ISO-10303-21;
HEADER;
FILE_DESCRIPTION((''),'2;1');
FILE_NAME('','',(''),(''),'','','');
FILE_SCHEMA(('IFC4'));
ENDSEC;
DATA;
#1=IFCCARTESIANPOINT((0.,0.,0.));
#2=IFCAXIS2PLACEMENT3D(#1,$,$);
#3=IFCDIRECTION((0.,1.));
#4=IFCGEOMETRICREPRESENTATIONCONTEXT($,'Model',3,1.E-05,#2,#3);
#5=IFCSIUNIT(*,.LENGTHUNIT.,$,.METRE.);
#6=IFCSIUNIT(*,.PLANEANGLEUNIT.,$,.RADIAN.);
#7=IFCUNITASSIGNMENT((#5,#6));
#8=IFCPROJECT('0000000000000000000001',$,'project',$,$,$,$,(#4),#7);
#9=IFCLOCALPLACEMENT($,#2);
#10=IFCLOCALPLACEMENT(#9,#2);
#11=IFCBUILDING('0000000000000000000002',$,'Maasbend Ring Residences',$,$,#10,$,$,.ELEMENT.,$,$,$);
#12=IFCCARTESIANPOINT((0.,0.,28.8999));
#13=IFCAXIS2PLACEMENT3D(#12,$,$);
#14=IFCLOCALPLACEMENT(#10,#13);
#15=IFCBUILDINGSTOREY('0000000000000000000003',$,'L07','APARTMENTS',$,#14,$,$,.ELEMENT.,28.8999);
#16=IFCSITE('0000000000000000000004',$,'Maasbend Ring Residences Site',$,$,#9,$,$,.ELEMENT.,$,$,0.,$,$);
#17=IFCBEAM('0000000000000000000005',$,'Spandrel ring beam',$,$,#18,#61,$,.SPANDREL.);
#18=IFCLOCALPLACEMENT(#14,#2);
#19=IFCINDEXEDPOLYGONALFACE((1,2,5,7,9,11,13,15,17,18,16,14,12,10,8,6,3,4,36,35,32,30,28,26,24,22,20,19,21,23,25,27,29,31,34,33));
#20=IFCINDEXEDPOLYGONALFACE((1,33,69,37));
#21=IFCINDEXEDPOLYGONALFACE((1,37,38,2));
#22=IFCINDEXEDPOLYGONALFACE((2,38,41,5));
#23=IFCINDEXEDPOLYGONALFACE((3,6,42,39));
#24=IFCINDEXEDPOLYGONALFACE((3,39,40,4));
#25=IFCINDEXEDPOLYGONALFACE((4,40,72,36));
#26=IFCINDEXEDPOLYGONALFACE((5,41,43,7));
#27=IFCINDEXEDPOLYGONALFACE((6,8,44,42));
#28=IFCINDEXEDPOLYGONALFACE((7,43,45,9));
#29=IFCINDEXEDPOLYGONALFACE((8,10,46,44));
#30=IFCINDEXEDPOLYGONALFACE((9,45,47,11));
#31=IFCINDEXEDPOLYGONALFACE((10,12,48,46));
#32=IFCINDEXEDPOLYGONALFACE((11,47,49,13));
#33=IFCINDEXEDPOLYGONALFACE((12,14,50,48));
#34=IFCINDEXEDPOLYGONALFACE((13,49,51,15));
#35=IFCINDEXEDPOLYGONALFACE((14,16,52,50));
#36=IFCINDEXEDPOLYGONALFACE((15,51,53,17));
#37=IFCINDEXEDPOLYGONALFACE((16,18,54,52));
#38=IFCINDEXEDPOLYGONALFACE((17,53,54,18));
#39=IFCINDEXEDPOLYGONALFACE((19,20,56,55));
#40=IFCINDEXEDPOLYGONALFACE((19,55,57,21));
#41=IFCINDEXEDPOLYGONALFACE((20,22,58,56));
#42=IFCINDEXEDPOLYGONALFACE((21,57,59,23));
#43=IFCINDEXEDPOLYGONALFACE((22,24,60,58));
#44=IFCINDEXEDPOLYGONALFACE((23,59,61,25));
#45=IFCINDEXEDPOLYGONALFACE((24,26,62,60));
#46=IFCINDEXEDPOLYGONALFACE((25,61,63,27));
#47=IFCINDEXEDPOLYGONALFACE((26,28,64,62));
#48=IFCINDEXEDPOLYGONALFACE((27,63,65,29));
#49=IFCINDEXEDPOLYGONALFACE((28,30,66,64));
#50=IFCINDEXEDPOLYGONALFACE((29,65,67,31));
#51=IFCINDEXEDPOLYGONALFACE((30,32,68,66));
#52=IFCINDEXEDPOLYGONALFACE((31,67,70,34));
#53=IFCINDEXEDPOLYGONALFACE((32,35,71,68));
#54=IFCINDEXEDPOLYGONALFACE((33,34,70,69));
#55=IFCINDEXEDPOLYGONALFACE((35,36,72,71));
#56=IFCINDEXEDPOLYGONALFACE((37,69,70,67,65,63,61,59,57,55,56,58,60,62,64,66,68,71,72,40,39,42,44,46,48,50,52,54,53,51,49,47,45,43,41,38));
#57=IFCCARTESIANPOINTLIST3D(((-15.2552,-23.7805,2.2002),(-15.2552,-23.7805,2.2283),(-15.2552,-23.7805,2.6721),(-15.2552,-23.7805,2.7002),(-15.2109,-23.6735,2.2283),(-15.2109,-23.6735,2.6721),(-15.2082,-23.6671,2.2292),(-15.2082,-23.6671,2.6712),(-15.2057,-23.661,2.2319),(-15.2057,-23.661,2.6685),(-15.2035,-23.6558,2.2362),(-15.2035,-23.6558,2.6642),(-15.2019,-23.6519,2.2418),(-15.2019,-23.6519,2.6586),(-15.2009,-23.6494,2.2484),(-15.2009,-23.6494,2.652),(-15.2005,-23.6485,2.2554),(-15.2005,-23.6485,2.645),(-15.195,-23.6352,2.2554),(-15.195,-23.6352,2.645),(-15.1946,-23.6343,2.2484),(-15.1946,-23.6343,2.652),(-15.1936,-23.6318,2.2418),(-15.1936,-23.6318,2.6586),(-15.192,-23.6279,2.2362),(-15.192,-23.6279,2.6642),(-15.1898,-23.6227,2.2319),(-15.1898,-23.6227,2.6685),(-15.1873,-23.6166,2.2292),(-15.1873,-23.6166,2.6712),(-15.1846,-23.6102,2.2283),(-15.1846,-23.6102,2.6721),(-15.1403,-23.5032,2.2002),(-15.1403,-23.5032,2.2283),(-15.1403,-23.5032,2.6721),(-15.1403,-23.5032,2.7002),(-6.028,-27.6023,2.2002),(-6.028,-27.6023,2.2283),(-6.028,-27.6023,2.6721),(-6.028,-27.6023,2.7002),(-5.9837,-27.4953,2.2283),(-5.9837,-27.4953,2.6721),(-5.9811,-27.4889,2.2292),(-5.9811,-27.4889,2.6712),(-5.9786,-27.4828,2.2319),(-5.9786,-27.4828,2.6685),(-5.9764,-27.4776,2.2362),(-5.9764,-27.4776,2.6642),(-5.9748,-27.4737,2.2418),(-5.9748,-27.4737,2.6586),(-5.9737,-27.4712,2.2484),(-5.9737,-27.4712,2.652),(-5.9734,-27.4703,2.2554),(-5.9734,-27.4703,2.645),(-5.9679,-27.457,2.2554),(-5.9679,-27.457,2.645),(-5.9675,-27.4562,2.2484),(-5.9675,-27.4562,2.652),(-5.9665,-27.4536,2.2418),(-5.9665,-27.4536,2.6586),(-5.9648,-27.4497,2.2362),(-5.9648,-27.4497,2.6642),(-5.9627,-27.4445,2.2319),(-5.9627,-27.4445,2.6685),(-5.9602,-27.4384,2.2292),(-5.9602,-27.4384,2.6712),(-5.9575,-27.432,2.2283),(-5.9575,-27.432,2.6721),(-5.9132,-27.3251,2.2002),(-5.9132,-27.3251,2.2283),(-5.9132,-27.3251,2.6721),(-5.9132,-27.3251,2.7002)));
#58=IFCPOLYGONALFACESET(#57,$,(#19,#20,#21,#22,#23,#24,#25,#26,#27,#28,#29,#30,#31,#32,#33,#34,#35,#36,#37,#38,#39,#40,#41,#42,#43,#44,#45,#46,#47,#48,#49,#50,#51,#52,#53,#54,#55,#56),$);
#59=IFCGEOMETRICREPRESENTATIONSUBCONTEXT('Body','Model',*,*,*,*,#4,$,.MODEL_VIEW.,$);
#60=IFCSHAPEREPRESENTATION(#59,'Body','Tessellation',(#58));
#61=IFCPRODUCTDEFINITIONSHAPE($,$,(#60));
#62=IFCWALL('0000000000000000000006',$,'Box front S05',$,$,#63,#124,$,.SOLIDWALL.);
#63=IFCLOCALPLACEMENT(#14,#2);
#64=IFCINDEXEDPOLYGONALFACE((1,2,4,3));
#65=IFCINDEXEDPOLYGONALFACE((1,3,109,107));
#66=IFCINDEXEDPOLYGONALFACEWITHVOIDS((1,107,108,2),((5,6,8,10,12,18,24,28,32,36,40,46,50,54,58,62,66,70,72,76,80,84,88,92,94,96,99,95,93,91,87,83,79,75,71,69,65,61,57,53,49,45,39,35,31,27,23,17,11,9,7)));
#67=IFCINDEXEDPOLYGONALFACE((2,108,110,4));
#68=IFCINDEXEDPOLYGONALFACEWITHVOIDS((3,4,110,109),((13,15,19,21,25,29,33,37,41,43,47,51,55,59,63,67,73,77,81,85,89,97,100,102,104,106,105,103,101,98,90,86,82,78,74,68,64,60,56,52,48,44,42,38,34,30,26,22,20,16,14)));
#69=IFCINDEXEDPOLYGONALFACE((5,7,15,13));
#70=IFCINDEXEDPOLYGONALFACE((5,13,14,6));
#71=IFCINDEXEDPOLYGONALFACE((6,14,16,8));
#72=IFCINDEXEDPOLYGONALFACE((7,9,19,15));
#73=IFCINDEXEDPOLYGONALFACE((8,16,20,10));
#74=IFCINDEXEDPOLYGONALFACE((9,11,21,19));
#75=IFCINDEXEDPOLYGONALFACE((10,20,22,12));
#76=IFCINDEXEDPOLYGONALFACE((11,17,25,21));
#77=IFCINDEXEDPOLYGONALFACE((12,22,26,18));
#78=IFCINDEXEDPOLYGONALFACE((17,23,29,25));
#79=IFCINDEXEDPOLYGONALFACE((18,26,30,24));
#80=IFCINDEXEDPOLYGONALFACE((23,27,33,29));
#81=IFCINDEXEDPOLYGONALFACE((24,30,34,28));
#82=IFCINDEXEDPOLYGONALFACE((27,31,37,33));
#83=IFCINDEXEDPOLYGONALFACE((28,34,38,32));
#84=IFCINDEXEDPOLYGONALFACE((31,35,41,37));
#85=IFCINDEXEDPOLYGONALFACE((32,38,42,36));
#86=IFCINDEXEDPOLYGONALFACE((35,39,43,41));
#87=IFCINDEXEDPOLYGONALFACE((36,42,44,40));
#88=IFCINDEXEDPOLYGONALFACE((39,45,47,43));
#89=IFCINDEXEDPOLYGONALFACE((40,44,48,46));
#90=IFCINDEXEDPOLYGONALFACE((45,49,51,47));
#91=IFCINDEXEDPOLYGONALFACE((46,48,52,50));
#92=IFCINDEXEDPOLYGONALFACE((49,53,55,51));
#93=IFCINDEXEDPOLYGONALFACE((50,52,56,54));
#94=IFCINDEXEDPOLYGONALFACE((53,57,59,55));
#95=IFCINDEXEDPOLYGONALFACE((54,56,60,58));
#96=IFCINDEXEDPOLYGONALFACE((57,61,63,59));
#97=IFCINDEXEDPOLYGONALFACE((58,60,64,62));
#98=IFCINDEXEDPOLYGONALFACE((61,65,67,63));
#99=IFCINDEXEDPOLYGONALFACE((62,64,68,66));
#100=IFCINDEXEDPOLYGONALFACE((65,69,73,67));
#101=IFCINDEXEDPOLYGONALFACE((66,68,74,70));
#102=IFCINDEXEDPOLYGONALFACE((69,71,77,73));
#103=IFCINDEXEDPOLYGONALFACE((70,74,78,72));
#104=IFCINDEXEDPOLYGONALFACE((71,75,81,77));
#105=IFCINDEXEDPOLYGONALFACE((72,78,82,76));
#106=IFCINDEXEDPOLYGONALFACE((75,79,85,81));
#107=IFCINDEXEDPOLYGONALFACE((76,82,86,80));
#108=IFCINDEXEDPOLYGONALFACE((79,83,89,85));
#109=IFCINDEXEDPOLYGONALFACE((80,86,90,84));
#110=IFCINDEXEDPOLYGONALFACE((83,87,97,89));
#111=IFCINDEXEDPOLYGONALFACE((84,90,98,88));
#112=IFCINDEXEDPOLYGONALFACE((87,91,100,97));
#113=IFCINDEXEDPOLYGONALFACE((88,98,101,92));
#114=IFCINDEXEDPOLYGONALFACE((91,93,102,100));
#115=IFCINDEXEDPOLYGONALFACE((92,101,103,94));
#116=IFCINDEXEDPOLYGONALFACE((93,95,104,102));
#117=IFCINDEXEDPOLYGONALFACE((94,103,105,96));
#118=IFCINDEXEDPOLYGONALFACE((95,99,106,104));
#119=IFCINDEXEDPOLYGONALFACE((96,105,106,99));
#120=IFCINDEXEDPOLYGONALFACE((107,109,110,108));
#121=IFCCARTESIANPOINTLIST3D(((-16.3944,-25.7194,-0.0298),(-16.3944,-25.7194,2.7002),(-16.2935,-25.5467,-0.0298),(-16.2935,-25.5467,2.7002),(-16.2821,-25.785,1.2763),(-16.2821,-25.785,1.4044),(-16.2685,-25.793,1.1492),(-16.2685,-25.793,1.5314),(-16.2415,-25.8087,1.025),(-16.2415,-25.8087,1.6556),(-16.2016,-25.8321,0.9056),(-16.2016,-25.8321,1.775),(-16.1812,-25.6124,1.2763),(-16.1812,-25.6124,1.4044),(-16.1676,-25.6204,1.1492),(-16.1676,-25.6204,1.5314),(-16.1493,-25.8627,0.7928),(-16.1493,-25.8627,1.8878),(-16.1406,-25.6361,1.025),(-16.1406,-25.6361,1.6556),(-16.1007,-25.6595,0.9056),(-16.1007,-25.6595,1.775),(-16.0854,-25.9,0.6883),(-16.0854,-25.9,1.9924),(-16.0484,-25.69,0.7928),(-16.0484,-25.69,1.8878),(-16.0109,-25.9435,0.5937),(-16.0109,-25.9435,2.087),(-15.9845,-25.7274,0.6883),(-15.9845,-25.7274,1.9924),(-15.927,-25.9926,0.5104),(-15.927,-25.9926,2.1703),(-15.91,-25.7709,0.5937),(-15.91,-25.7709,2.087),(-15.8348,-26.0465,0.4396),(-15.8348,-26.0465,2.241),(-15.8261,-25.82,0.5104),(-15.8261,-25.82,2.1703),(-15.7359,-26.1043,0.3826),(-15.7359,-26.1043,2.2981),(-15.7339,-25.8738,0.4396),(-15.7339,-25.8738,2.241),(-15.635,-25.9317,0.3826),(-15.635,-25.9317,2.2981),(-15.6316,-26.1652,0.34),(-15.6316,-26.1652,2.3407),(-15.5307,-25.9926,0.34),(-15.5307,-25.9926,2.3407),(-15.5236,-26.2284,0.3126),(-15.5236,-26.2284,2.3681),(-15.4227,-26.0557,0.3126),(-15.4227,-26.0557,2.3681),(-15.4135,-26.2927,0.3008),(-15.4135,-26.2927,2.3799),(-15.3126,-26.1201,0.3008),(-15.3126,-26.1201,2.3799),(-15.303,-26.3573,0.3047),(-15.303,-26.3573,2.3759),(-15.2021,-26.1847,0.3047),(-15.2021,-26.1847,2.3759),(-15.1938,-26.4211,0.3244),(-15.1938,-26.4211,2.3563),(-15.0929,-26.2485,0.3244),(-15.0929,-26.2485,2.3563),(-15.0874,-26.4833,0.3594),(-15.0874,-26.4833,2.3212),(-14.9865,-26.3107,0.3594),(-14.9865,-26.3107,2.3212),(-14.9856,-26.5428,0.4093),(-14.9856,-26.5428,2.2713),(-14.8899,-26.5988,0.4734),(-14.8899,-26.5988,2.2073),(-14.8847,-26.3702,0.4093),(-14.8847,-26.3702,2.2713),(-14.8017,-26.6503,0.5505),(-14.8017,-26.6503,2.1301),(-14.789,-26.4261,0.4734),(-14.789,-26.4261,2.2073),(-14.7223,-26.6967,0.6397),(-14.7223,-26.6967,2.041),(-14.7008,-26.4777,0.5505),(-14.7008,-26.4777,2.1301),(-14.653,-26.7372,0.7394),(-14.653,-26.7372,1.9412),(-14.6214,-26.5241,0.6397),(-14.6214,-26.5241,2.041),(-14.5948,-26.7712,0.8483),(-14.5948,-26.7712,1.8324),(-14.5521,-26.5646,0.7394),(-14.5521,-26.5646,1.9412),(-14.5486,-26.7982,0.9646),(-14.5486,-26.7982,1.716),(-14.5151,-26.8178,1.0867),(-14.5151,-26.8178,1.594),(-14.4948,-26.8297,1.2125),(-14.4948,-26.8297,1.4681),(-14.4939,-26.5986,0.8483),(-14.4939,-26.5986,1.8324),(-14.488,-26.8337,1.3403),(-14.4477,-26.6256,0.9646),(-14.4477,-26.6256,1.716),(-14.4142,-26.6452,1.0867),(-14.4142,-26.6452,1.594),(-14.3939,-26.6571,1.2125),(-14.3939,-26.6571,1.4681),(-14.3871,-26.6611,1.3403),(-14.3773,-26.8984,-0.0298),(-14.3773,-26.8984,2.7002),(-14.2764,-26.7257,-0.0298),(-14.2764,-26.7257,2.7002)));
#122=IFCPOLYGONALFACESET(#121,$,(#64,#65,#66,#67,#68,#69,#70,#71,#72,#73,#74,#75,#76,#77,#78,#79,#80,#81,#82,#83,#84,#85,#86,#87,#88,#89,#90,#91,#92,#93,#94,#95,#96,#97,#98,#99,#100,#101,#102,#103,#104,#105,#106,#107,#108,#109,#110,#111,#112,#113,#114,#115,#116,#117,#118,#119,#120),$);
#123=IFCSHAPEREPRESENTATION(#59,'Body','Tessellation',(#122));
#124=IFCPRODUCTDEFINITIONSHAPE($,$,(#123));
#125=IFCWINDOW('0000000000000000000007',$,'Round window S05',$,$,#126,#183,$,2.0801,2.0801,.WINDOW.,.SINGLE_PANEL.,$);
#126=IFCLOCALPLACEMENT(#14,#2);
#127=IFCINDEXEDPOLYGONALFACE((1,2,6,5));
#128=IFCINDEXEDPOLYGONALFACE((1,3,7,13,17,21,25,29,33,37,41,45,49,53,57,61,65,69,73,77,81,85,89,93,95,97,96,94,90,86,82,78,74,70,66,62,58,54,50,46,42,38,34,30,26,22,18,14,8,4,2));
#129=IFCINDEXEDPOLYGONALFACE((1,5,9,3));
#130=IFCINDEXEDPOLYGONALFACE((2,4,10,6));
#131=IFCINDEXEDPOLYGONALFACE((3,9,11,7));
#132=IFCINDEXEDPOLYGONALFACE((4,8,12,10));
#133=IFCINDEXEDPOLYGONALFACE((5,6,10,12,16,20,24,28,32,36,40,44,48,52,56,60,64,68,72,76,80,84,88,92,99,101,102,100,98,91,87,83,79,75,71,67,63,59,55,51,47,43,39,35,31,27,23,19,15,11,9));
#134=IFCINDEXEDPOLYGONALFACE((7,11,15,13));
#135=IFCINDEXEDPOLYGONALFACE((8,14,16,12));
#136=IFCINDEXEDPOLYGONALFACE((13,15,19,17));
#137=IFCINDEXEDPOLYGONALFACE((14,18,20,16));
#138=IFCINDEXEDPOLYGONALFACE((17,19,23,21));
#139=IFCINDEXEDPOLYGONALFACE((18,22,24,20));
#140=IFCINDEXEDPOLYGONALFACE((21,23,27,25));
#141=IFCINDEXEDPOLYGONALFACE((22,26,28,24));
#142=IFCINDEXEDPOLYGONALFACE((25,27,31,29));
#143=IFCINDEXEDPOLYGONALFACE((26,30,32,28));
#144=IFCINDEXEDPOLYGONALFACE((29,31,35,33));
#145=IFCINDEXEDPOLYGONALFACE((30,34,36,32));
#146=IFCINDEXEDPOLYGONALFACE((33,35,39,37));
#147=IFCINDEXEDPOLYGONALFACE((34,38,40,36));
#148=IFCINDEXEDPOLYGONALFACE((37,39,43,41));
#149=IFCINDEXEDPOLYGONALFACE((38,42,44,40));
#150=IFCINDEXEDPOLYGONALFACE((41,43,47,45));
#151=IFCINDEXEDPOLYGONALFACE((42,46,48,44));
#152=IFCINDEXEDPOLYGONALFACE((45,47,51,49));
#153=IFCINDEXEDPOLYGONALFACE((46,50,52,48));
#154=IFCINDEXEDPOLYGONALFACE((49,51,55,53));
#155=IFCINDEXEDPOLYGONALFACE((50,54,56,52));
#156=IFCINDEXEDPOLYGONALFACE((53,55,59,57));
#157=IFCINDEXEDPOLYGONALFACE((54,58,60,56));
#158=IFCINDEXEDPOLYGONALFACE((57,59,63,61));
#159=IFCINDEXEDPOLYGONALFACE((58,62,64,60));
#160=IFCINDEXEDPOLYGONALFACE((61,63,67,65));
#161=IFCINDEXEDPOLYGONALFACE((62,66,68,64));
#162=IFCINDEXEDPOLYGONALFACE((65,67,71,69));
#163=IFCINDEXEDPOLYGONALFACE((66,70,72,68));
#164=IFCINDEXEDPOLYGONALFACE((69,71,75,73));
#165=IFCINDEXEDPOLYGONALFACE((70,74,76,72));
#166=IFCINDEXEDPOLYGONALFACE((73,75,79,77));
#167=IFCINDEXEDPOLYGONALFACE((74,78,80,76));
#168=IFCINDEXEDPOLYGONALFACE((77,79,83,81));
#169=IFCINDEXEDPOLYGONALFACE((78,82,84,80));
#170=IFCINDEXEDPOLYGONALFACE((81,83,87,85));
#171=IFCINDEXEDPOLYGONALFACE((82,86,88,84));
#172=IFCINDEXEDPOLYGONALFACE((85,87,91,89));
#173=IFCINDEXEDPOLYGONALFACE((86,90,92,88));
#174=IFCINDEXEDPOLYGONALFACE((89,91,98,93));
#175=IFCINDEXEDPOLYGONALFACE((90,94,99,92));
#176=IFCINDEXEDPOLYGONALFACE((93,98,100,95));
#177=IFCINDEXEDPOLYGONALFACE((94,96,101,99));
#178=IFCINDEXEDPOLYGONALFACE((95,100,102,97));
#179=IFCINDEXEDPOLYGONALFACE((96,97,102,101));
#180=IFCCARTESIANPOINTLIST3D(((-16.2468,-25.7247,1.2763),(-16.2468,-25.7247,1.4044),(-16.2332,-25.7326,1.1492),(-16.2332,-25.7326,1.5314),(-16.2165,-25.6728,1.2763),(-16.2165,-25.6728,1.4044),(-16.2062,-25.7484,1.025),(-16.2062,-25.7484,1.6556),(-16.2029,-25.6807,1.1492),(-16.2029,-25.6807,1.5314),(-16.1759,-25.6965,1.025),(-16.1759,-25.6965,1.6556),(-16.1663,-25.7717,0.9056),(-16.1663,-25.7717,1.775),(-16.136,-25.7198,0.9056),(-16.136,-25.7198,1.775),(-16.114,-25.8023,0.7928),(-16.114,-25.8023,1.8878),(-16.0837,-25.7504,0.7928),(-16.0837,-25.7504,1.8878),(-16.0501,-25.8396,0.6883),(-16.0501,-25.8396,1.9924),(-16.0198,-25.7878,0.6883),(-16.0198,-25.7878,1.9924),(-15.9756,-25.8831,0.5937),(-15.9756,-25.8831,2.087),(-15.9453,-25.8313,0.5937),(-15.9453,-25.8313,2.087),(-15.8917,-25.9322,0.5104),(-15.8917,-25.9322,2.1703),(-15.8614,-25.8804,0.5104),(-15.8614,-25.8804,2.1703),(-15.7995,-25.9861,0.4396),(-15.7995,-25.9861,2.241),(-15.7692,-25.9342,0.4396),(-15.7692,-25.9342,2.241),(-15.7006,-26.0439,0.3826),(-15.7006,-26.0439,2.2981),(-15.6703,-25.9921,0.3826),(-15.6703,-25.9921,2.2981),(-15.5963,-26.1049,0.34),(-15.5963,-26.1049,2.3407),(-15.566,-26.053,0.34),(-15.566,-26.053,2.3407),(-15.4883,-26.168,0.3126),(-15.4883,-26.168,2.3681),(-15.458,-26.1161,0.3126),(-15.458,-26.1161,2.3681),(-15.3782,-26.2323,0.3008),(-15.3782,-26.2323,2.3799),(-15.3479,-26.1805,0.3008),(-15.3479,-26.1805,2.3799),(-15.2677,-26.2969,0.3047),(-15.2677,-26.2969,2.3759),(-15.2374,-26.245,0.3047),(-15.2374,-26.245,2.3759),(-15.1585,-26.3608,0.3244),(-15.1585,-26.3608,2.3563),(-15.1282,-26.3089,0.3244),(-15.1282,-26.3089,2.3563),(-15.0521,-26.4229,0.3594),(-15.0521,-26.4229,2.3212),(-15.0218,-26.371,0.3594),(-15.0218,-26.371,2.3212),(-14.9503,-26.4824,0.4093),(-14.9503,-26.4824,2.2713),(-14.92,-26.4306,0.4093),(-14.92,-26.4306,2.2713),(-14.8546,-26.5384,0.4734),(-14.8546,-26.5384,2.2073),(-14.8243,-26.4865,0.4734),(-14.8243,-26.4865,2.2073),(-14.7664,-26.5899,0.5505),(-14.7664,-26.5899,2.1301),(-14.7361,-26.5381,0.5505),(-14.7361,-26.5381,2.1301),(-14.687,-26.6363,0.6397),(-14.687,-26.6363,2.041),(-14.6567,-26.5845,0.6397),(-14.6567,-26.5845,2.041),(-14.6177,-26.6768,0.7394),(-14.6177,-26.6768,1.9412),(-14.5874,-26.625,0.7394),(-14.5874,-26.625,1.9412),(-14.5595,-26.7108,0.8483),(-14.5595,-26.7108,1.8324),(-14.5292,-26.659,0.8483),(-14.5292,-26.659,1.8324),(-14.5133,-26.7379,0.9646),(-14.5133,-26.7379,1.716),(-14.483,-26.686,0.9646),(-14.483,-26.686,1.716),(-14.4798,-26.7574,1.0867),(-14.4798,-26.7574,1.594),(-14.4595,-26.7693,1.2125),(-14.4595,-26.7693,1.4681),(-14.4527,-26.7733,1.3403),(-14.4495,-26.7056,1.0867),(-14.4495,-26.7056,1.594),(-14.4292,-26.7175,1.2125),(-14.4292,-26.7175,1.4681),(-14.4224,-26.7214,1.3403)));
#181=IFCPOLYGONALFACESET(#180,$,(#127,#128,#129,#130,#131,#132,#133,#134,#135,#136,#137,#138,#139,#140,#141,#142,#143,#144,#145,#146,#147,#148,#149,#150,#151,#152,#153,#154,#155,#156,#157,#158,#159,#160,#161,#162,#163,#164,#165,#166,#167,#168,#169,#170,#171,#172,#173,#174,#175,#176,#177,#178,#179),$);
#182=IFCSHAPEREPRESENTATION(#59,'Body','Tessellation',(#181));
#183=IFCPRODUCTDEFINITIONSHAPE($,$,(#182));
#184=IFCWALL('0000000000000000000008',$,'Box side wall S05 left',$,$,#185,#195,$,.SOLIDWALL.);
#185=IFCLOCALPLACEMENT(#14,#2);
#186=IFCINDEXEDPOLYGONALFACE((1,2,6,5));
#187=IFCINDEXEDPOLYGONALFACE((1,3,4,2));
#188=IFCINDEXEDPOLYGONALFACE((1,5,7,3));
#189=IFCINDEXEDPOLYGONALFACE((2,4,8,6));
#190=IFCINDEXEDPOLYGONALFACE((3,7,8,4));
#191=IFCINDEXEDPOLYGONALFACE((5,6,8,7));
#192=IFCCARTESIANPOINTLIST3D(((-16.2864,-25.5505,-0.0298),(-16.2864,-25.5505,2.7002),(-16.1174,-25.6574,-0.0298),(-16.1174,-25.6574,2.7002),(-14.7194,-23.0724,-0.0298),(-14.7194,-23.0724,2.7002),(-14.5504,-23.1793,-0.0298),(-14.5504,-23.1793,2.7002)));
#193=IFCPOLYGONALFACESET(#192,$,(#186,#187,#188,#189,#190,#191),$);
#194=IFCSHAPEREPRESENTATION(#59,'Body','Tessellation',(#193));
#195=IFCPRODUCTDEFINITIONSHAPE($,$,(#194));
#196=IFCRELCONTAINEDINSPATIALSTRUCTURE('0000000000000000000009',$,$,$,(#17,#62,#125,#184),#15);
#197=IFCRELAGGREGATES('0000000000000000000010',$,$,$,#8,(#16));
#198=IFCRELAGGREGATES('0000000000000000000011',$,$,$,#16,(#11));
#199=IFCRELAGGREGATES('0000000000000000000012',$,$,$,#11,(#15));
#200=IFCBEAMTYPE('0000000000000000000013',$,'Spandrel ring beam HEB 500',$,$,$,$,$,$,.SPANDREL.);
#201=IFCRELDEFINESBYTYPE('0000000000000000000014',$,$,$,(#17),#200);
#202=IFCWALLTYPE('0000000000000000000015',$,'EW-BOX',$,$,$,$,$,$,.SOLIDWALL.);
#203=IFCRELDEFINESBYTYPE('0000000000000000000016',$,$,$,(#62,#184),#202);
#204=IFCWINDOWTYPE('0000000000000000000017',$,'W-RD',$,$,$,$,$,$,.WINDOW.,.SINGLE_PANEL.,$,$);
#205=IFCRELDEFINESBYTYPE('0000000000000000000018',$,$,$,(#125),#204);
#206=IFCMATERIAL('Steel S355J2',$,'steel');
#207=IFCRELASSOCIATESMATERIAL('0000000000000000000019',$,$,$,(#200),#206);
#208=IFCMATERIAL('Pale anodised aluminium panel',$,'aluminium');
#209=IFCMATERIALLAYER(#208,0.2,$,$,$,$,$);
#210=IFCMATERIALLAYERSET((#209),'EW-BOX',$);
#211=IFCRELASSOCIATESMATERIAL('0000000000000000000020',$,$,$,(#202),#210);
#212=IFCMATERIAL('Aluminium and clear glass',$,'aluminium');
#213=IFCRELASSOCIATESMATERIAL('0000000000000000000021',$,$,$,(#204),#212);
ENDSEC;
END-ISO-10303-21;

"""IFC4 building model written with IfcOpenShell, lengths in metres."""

from ifc_helpers import new_model, si_unit, direction, frame, frame_2d, origin, origin_2d, place, context, subcontext, project, spatial, rectangle, circle, i_section, extrude, material, layer, layer_set, material_profile, profile_set, type_object, element, fill, save


model = new_model("IFC4")

# Units and contexts
model_context = context("Model", 3, precision=1e-05, world=origin(), true_north=direction((0.0, 1.0)))
body_context = subcontext(model_context, "Body", "Model", "MODEL_VIEW")
ifc_project = project(units=[si_unit("LENGTHUNIT", "METRE"), si_unit("PLANEANGLEUNIT", "RADIAN")], contexts=[model_context])

# Site, building, storey
site_placement = place(None, origin())
site = spatial("IfcSite", under=ifc_project, at=site_placement, Name="Maasbend Ring Residences Site", CompositionType="ELEMENT", RefElevation=0.0)
building_placement = place(site_placement, origin())
building = spatial("IfcBuilding", under=site, at=building_placement, Name="Maasbend Ring Residences", CompositionType="ELEMENT")
storey_placement = place(building_placement, frame((0.0, 0.0, 28.8999)))
storey = spatial("IfcBuildingStorey", under=building, at=storey_placement, Name="L07", Description="APARTMENTS", CompositionType="ELEMENT", Elevation=28.8999)

# Beam
ifc_material_1 = material(Name="Steel S355J2", Category="steel")
ifc_material_profile_1 = material_profile(ifc_material_1, i_section(OverallWidth=0.3, OverallDepth=0.5, WebThickness=0.0144, FlangeThickness=0.0281, FilletRadius=0.0271, at=origin_2d()), Name="HEB 500")
ifc_profile_set_1 = profile_set([ifc_material_profile_1], Name="Steel S355J2")
beam_type_1 = type_object("IfcBeamType", Name="Spandrel ring beam HEB 500", PredefinedType="SPANDREL", material=ifc_profile_set_1)
beam_1_placement = place(storey_placement, frame((-15.1978, -23.6418, 2.4502), z_axis=(0.923886, -0.382667, 0.0), x_axis=(0.382667, 0.923886, 0.0)))
element("IfcBeam", 1, at=beam_1_placement, inside=storey, type_object=beam_type_1, Name="Spandrel ring beam", PredefinedType="SPANDREL", context=body_context, shape_type="SweptSolid", body=[
    extrude(i_section(OverallWidth=0.3, OverallDepth=0.5, WebThickness=0.0144, FlangeThickness=0.0281, FilletRadius=0.0271, at=origin_2d()), origin(), (0.0, 0.0, 1.0), 9.9873),
])

# Wall, opening, window
ifc_material_2 = material(Name="Pale anodised aluminium panel", Category="aluminium")
ifc_layer_1 = layer(ifc_material_2, 0.2)
ifc_layer_set_1 = layer_set([ifc_layer_1], Name="EW-BOX")
wall_type_1 = type_object("IfcWallType", Name="EW-BOX", PredefinedType="SOLIDWALL", material=ifc_layer_set_1)
wall_1_placement = place(storey_placement, frame((-16.344, -25.6331, -0.0298), z_axis=(0.0, 0.0, 1.0), x_axis=(0.863347, -0.504612, 0.0)))
wall_1 = element("IfcWall", 2, at=wall_1_placement, inside=storey, type_object=wall_type_1, Name="Box front S05", PredefinedType="SOLIDWALL", context=body_context, shape_type="SweptSolid", body=[
    extrude(rectangle(XDim=2.3364, YDim=0.2, at=frame_2d((1.1682, 0.0))), origin(), (0.0, 0.0, 1.0), 2.73),
])
opening_1_placement = place(wall_1_placement, frame((0.1282, 0.0, 0.3301)))
opening_1 = element("IfcOpeningElement", 3, at=opening_1_placement, cuts=wall_1, PredefinedType="OPENING", context=body_context, shape_type="SweptSolid", body=[
    extrude(circle(Radius=1.04, at=frame_2d((1.04, 1.04))), frame((0.0, 0.1099, 0.0), z_axis=(0.0, -1.0, 0.0), x_axis=(1.0, 0.0, 0.0)), (0.0, 0.0, 1.0), 0.22),
])
ifc_material_3 = material(Name="Aluminium and clear glass", Category="aluminium")
window_type_1 = type_object("IfcWindowType", Name="W-RD", PartitioningType="SINGLE_PANEL", PredefinedType="WINDOW", material=ifc_material_3)
window_1_placement = place(opening_1_placement, origin())
window_1 = element("IfcWindow", 4, at=window_1_placement, inside=storey, type_object=window_type_1, Name="Round window S05", OverallHeight=2.0801, OverallWidth=2.0801, PartitioningType="SINGLE_PANEL", PredefinedType="WINDOW", context=body_context, shape_type="SweptSolid", body=[
    extrude(circle(Radius=1.04, at=frame_2d((1.04, 1.04))), frame((0.0, 0.03, 0.0), z_axis=(0.0, -1.0, 0.0), x_axis=(1.0, 0.0, 0.0)), (0.0, 0.0, 1.0), 0.0601),
])
fill(opening_1, window_1)

# Wall
wall_2_placement = place(storey_placement, frame((-14.635, -23.126, -0.0298), z_axis=(0.0, 0.0, 1.0), x_axis=(-0.534438, -0.845208, 0.0)))
element("IfcWall", 5, at=wall_2_placement, inside=storey, type_object=wall_type_1, Name="Box side wall S05 left", PredefinedType="SOLIDWALL", context=body_context, shape_type="SweptSolid", body=[
    extrude(rectangle(XDim=2.9319, YDim=0.2, at=frame_2d((1.4658, 0.0))), origin(), (0.0, 0.0, 1.0), 2.73),
])

save(model, "model.ifc")
